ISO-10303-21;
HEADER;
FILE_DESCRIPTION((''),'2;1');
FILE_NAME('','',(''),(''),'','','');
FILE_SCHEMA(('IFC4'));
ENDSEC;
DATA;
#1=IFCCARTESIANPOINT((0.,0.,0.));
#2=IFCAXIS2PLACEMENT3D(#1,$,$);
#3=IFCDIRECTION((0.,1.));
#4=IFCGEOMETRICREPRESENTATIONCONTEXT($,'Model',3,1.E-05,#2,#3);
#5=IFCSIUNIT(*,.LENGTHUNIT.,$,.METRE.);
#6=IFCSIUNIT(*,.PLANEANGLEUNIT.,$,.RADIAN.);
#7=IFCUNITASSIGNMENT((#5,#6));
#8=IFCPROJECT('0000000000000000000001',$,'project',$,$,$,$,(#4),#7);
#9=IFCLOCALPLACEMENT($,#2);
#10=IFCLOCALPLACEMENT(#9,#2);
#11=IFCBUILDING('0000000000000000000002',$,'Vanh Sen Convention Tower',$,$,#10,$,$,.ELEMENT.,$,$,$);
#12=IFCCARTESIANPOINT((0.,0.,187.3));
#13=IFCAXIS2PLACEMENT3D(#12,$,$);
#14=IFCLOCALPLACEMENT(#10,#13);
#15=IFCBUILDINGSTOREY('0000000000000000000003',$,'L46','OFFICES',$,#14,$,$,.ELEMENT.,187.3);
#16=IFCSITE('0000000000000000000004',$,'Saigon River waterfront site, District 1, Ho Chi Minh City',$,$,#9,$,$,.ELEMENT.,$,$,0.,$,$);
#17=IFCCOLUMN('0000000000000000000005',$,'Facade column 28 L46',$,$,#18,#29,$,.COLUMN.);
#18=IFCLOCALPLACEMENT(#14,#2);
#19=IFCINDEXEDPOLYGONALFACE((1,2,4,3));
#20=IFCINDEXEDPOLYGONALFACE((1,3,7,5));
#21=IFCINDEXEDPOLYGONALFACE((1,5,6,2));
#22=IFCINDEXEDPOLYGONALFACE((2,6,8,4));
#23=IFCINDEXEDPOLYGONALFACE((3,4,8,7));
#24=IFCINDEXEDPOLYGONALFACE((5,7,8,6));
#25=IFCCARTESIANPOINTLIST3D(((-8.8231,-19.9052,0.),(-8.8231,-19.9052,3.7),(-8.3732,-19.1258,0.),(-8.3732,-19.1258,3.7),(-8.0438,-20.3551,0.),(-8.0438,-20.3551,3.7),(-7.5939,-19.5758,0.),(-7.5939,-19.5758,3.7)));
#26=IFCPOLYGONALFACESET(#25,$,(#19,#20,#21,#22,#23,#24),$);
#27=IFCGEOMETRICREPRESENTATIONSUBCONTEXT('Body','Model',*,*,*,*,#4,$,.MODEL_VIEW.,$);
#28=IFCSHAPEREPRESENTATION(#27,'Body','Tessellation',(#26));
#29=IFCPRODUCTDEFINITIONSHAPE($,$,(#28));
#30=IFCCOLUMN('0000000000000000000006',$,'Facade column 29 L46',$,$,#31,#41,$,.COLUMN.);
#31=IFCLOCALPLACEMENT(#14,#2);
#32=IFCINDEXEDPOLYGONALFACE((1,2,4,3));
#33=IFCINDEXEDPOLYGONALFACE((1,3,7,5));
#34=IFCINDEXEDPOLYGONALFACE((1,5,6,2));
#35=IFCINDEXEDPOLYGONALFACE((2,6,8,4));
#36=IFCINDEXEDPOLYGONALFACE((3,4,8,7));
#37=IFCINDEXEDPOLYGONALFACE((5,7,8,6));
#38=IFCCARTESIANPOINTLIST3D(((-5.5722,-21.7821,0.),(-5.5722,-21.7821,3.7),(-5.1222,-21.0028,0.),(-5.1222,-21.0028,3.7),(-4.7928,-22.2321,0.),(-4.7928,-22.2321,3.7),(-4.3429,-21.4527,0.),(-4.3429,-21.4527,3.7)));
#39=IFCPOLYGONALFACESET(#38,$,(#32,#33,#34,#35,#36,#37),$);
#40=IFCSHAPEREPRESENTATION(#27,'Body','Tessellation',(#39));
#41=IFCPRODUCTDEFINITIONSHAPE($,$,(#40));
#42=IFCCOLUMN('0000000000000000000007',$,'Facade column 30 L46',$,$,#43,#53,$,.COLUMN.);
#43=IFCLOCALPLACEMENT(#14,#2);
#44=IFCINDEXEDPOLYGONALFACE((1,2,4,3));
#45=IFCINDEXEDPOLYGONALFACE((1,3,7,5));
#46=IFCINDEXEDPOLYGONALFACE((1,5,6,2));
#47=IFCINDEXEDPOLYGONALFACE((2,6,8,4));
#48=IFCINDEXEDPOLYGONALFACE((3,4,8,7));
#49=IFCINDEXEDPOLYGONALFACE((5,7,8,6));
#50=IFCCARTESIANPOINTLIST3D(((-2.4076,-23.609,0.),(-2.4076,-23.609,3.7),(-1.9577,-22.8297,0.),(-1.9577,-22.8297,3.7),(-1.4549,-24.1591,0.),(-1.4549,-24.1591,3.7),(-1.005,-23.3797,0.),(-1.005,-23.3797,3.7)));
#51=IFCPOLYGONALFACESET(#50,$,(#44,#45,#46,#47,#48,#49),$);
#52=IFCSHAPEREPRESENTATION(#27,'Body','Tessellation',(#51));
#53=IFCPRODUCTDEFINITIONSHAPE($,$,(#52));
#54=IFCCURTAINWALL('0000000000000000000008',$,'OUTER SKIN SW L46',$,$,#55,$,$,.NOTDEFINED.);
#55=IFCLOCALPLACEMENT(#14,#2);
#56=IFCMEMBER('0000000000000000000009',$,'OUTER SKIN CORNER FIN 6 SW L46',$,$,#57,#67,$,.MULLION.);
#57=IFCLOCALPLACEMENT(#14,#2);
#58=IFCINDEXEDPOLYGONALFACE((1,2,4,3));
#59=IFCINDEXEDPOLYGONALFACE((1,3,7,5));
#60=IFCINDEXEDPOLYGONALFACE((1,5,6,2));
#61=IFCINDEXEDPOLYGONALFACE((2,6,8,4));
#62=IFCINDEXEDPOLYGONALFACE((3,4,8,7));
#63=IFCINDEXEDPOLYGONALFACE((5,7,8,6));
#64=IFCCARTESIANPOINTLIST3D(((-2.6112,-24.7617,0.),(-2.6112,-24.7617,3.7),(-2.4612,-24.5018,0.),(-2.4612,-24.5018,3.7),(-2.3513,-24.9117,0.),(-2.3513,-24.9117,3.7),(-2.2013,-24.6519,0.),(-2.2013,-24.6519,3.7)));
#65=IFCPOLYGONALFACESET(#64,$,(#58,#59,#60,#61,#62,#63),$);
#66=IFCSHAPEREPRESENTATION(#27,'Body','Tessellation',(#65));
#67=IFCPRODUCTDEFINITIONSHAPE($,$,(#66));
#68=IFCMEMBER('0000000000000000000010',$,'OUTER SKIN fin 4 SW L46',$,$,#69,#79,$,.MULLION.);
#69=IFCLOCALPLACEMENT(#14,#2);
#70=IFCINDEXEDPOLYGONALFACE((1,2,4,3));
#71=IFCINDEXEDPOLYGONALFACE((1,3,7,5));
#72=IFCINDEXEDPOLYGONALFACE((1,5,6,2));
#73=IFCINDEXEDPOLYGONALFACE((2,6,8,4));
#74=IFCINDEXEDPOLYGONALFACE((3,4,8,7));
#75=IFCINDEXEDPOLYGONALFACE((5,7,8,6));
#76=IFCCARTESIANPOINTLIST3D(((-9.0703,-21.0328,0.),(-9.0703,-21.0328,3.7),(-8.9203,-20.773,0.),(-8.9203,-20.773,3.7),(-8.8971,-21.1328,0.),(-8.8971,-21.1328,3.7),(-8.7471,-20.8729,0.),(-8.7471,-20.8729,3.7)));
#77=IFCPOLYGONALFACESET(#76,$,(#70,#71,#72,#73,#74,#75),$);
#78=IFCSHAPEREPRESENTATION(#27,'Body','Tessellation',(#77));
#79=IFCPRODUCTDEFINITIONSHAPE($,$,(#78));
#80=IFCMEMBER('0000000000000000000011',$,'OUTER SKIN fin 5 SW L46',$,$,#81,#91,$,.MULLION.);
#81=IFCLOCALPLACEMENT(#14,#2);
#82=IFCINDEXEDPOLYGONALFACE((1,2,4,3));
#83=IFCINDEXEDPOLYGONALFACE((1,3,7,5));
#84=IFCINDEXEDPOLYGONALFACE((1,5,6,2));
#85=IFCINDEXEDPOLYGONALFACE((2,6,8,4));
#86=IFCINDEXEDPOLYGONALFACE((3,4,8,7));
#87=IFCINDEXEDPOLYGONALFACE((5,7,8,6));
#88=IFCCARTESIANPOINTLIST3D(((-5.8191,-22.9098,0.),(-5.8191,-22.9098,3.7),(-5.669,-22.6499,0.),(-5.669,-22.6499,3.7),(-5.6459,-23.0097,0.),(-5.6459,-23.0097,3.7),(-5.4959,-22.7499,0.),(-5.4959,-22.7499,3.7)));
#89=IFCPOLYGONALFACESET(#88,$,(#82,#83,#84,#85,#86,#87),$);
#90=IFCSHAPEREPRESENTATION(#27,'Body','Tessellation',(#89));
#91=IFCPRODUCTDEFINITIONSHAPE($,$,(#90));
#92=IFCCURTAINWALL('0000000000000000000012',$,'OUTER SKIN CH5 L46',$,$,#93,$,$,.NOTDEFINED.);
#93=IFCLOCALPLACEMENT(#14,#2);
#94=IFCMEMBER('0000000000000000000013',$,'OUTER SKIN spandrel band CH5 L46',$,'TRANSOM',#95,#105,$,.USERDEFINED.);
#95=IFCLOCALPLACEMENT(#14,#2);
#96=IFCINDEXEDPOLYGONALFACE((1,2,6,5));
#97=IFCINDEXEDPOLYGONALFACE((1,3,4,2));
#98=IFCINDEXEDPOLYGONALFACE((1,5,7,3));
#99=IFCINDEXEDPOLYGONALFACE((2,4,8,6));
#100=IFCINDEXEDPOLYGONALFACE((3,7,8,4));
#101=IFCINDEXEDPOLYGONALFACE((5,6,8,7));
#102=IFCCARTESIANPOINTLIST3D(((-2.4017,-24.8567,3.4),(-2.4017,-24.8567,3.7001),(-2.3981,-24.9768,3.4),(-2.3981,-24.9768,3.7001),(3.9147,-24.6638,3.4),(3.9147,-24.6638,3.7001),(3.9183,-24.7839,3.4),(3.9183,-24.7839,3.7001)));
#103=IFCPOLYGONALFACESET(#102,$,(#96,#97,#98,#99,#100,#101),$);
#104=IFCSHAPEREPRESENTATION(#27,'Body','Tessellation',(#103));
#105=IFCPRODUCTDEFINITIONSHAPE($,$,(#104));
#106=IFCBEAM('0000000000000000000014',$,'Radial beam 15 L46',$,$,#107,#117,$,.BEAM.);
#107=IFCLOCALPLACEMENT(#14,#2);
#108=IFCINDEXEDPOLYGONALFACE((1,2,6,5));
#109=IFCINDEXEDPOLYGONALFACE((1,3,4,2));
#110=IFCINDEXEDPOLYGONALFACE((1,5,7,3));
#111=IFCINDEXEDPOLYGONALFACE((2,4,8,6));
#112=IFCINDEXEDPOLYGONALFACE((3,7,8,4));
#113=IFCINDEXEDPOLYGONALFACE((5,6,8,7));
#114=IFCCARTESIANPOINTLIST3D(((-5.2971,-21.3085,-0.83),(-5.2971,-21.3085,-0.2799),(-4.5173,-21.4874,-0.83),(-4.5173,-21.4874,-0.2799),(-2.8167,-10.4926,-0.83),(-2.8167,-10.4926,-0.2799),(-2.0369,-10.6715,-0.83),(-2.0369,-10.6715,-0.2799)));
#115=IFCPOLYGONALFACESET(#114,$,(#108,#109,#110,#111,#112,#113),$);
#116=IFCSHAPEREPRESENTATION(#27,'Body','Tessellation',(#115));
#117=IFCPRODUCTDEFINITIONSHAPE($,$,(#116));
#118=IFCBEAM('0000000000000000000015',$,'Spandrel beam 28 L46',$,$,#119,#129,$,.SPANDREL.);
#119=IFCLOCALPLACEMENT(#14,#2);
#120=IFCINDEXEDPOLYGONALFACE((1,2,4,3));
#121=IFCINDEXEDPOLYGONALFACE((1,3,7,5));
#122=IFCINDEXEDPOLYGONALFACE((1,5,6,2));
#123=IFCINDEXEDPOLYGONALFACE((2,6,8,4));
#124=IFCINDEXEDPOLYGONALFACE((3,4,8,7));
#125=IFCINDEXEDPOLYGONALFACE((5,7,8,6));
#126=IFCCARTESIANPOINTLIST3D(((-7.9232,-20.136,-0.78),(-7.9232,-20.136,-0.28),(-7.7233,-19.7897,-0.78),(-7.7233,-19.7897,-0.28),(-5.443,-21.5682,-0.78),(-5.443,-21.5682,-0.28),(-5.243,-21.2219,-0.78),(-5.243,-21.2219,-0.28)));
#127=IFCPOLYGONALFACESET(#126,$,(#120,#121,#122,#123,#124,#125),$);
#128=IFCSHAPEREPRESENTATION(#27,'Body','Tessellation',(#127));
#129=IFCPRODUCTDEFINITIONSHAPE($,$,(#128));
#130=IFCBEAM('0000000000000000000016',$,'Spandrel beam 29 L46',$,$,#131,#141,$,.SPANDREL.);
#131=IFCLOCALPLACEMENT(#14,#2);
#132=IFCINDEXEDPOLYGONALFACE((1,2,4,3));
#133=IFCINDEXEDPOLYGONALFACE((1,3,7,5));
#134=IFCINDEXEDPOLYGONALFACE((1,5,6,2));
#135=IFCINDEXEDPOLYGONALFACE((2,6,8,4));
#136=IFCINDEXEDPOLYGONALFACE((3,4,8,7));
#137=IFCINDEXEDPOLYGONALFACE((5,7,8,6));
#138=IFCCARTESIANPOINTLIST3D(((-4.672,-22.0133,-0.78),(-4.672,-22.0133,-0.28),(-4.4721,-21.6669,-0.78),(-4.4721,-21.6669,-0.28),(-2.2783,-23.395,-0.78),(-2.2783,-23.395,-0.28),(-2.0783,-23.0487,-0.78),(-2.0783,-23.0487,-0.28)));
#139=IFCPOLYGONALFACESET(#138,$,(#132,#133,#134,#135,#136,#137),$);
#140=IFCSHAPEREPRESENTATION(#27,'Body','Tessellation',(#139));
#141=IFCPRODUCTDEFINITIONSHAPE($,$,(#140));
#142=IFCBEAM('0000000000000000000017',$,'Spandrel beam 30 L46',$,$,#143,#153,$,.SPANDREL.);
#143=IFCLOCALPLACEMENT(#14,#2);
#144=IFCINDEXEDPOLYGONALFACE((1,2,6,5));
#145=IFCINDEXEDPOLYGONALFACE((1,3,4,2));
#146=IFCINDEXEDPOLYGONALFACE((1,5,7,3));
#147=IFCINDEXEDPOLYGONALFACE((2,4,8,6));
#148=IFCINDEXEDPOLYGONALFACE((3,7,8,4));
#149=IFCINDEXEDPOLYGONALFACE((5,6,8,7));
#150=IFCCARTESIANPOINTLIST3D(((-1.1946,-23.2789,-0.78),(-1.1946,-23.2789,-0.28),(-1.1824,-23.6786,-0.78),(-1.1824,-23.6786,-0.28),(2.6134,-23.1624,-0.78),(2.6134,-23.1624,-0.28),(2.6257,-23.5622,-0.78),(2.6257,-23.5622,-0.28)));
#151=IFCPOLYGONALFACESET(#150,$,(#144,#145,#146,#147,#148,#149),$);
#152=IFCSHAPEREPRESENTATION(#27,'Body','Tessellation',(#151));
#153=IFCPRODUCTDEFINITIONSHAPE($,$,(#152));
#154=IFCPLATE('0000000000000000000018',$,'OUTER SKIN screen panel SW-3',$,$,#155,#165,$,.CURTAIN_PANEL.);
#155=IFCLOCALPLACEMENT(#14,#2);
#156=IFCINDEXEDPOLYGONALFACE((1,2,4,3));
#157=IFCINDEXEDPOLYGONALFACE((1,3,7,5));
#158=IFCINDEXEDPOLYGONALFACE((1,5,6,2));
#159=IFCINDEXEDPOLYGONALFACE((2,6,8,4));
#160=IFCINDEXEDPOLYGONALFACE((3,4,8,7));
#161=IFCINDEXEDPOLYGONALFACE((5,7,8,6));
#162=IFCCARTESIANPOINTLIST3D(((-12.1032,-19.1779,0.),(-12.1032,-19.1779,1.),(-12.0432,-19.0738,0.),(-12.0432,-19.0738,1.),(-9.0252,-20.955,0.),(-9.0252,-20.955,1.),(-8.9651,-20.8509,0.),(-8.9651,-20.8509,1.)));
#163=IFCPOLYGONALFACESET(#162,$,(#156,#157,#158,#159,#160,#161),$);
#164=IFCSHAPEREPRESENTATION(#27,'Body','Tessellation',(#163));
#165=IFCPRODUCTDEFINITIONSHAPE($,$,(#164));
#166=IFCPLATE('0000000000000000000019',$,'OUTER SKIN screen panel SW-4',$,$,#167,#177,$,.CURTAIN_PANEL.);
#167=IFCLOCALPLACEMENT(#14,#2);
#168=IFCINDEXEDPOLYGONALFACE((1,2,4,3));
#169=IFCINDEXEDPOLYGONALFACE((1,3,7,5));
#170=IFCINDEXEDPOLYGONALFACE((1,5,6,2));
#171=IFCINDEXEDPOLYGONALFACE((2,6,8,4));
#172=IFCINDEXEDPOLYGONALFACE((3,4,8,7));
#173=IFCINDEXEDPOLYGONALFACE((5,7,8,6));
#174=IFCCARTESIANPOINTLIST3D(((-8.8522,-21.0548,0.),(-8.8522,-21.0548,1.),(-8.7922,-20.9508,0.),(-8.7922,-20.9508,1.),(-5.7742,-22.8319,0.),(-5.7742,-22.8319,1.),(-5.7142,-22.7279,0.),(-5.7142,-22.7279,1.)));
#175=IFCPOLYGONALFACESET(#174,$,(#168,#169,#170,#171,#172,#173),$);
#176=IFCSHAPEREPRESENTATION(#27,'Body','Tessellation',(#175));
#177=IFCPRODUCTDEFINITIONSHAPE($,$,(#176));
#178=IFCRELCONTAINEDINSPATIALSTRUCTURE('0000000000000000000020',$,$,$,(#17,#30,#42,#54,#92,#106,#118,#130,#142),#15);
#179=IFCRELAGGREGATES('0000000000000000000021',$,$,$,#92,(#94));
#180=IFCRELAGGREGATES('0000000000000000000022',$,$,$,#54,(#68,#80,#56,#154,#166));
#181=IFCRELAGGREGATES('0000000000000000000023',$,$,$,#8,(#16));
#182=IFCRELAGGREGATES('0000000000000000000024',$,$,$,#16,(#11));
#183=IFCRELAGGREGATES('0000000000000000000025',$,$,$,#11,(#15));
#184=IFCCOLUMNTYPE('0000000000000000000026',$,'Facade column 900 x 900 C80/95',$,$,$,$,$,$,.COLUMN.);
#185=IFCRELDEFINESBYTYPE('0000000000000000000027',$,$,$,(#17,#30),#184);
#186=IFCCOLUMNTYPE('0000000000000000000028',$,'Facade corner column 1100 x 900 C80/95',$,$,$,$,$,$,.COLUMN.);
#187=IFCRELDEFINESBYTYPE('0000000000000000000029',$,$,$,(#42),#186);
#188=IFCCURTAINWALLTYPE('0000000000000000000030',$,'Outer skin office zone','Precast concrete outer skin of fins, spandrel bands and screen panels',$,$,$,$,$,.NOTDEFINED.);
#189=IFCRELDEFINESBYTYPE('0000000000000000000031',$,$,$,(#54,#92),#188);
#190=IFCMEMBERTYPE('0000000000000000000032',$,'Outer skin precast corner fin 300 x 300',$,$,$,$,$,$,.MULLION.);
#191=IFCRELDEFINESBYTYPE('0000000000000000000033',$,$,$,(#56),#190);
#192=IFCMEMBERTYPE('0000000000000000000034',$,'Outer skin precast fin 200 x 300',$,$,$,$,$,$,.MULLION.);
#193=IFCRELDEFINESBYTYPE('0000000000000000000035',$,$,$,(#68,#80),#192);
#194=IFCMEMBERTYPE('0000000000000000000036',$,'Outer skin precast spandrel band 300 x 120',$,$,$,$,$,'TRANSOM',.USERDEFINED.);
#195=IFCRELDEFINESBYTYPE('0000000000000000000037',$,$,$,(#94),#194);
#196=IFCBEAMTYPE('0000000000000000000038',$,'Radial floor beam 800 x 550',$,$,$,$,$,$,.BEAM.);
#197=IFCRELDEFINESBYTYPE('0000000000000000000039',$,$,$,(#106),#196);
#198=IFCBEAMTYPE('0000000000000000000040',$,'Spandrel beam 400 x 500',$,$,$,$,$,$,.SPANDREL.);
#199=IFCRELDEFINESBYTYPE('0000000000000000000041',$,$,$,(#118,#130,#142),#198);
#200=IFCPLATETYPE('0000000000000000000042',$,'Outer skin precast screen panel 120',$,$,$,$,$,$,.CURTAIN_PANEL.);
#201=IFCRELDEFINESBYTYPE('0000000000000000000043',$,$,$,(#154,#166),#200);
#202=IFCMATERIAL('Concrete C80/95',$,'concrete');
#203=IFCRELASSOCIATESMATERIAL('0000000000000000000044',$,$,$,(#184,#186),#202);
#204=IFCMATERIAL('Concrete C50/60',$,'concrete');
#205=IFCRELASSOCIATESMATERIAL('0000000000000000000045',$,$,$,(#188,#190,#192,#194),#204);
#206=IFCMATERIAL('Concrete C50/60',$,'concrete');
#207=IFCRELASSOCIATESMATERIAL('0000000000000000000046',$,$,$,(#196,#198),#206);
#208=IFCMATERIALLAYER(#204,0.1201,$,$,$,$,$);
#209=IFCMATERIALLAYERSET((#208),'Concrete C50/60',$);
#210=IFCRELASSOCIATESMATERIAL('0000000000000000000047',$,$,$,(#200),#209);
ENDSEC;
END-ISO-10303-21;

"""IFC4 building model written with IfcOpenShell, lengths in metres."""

from ifc_helpers import new_model, si_unit, direction, frame, origin, origin_2d, place, context, subcontext, project, spatial, rectangle, extrude, material, layer, layer_set, material_profile, profile_set, type_object, element, aggregate, save


model = new_model("IFC4")

# Units and contexts
model_context = context("Model", 3, precision=1e-05, world=origin(), true_north=direction((0.0, 1.0)))
body_context = subcontext(model_context, "Body", "Model", "MODEL_VIEW")
ifc_project = project(units=[si_unit("LENGTHUNIT", "METRE"), si_unit("PLANEANGLEUNIT", "RADIAN")], contexts=[model_context])

# Site, building, storey
site_placement = place(None, origin())
site = spatial("IfcSite", under=ifc_project, at=site_placement, Name="Saigon River waterfront site, District 1, Ho Chi Minh City", CompositionType="ELEMENT", RefElevation=0.0)
building_placement = place(site_placement, origin())
building = spatial("IfcBuilding", under=site, at=building_placement, Name="Vanh Sen Convention Tower", CompositionType="ELEMENT")
storey_placement = place(building_placement, frame((0.0, 0.0, 187.3)))
storey = spatial("IfcBuildingStorey", under=building, at=storey_placement, Name="L46", Description="OFFICES", CompositionType="ELEMENT", Elevation=187.3)

# Columns
ifc_material_1 = material(Name="Concrete C80/95", Category="concrete")
ifc_material_profile_1 = material_profile(ifc_material_1, rectangle(XDim=0.8999, YDim=0.8999, at=origin_2d()), Name="RC 900X900")
ifc_profile_set_1 = profile_set([ifc_material_profile_1], Name="Concrete C80/95")
column_type_1 = type_object("IfcColumnType", Name="Facade column 900 x 900 C80/95", PredefinedType="COLUMN", material=ifc_profile_set_1)
for number, where, z_axis, x_axis, name in (
    (1, (-8.2085, -19.7405, 0.0), (0.0, 0.0, 1.0), (0.866025, -0.5, 0.0), "Facade column 28 L46"),
    (2, (-4.9575, -21.6174, 0.0), (0.0, 0.0, 1.0), (0.866025, -0.5, 0.0), "Facade column 29 L46"),
):
    element("IfcColumn", number, at=place(storey_placement, frame(where, z_axis=z_axis, x_axis=x_axis)), inside=storey, type_object=column_type_1, Name=name, PredefinedType="COLUMN", context=body_context, shape_type="SweptSolid", body=[
        extrude(rectangle(XDim=0.8999, YDim=0.8999, at=origin_2d()), origin(), (0.0, 0.0, 1.0), 3.7),
    ])
ifc_material_profile_2 = material_profile(ifc_material_1, rectangle(XDim=1.1001, YDim=0.8999, at=origin_2d()), Name="RC 1100X900")
ifc_profile_set_2 = profile_set([ifc_material_profile_2], Name="Concrete C80/95")
column_type_2 = type_object("IfcColumnType", Name="Facade corner column 1100 x 900 C80/95", PredefinedType="COLUMN", material=ifc_profile_set_2)
column_placement = place(storey_placement, frame((-1.7063, -23.4944, 0.0), z_axis=(0.0, 0.0, 1.0), x_axis=(0.866025, -0.5, 0.0)))
element("IfcColumn", 3, at=column_placement, inside=storey, type_object=column_type_2, Name="Facade column 30 L46", PredefinedType="COLUMN", context=body_context, shape_type="SweptSolid", body=[
    extrude(rectangle(XDim=1.1001, YDim=0.8999, at=origin_2d()), origin(), (0.0, 0.0, 1.0), 3.7),
])

# Curtain wall, members
ifc_material_2 = material(Name="Concrete C50/60", Category="concrete")
curtain_wall_type = type_object("IfcCurtainWallType", Name="Outer skin office zone", Description="Precast concrete outer skin of fins, spandrel bands and screen panels", PredefinedType="NOTDEFINED", material=ifc_material_2)
curtain_wall_1_placement = place(storey_placement, origin())
curtain_wall_1 = element("IfcCurtainWall", 4, at=curtain_wall_1_placement, inside=storey, type_object=curtain_wall_type, Name="OUTER SKIN SW L46", PredefinedType="NOTDEFINED")
ifc_material_profile_3 = material_profile(ifc_material_2, rectangle(XDim=0.3, YDim=0.3, at=origin_2d()), Name="Outer skin precast corner fin 300 x 300")
ifc_profile_set_3 = profile_set([ifc_material_profile_3], Name="Concrete C50/60")
member_type_1 = type_object("IfcMemberType", Name="Outer skin precast corner fin 300 x 300", PredefinedType="MULLION", material=ifc_profile_set_3)
member_1_placement = place(storey_placement, frame((-2.4062, -24.7068, 0.0), z_axis=(0.0, 0.0, 1.0), x_axis=(0.866025, -0.5, 0.0)))
member_1 = element("IfcMember", 5, at=member_1_placement, type_object=member_type_1, Name="OUTER SKIN CORNER FIN 6 SW L46", PredefinedType="MULLION", context=body_context, shape_type="SweptSolid", body=[
    extrude(rectangle(XDim=0.3, YDim=0.3, at=origin_2d()), origin(), (0.0, 0.0, 1.0), 3.7),
])
ifc_material_profile_4 = material_profile(ifc_material_2, rectangle(XDim=0.2, YDim=0.3, at=origin_2d()), Name="Outer skin precast fin 200 x 300")
ifc_profile_set_4 = profile_set([ifc_material_profile_4], Name="Concrete C50/60")
member_type_2 = type_object("IfcMemberType", Name="Outer skin precast fin 200 x 300", PredefinedType="MULLION", material=ifc_profile_set_4)
member_2_placement = place(storey_placement, frame((-8.9087, -20.9529, 0.0), z_axis=(0.0, 0.0, 1.0), x_axis=(0.866025, -0.5, 0.0)))
member_2 = element("IfcMember", 6, at=member_2_placement, type_object=member_type_2, Name="OUTER SKIN fin 4 SW L46", PredefinedType="MULLION", context=body_context, shape_type="SweptSolid", body=[
    extrude(rectangle(XDim=0.2, YDim=0.3, at=origin_2d()), origin(), (0.0, 0.0, 1.0), 3.7),
])
member_3_placement = place(storey_placement, frame((-5.6575, -22.8298, 0.0), z_axis=(0.0, 0.0, 1.0), x_axis=(0.866025, -0.5, 0.0)))
member_3 = element("IfcMember", 7, at=member_3_placement, type_object=member_type_2, Name="OUTER SKIN fin 5 SW L46", PredefinedType="MULLION", context=body_context, shape_type="SweptSolid", body=[
    extrude(rectangle(XDim=0.2, YDim=0.3, at=origin_2d()), origin(), (0.0, 0.0, 1.0), 3.7),
])

# Curtain wall, member
curtain_wall_2_placement = place(storey_placement, origin())
curtain_wall_2 = element("IfcCurtainWall", 8, at=curtain_wall_2_placement, inside=storey, type_object=curtain_wall_type, Name="OUTER SKIN CH5 L46", PredefinedType="NOTDEFINED")
ifc_material_profile_5 = material_profile(ifc_material_2, rectangle(XDim=0.1201, YDim=0.3, at=origin_2d()), Name="Outer skin precast spandrel band 300 x 120")
ifc_profile_set_5 = profile_set([ifc_material_profile_5], Name="Concrete C50/60")
member_type_3 = type_object("IfcMemberType", Name="Outer skin precast spandrel band 300 x 120", ElementType="TRANSOM", PredefinedType="USERDEFINED", material=ifc_profile_set_5)
member_4_placement = place(storey_placement, frame((-2.3999, -24.9167, 3.55), z_axis=(0.999534, 0.030521, 0.0), x_axis=(-0.030521, 0.999534, 0.0)))
member_4 = element("IfcMember", 9, at=member_4_placement, type_object=member_type_3, Name="OUTER SKIN spandrel band CH5 L46", ObjectType="TRANSOM", PredefinedType="USERDEFINED", context=body_context, shape_type="SweptSolid", body=[
    extrude(rectangle(XDim=0.1201, YDim=0.3, at=origin_2d()), origin(), (0.0, 0.0, 1.0), 6.3193),
])
aggregate(curtain_wall_2, [member_4])

# Beams
ifc_material_3 = material(Name="Concrete C50/60", Category="concrete")
ifc_material_profile_6 = material_profile(ifc_material_3, rectangle(XDim=0.8, YDim=0.55, at=origin_2d()), Name="RC 800X550")
ifc_profile_set_6 = profile_set([ifc_material_profile_6], Name="Concrete C50/60")
beam_type_1 = type_object("IfcBeamType", Name="Radial floor beam 800 x 550", PredefinedType="BEAM", material=ifc_profile_set_6)
beam_1_placement = place(storey_placement, frame((-4.9072, -21.3979, -0.5549), z_axis=(0.223532, 0.974697, 0.0), x_axis=(-0.974697, 0.223532, 0.0)))
element("IfcBeam", 10, at=beam_1_placement, inside=storey, type_object=beam_type_1, Name="Radial beam 15 L46", PredefinedType="BEAM", context=body_context, shape_type="SweptSolid", body=[
    extrude(rectangle(XDim=0.8, YDim=0.55, at=origin_2d()), origin(), (0.0, 0.0, 1.0), 11.0967),
])
ifc_material_profile_7 = material_profile(ifc_material_3, rectangle(XDim=0.3999, YDim=0.5, at=origin_2d()), Name="RC 400X500")
ifc_profile_set_7 = profile_set([ifc_material_profile_7], Name="Concrete C50/60")
beam_type_2 = type_object("IfcBeamType", Name="Spandrel beam 400 x 500", PredefinedType="SPANDREL", material=ifc_profile_set_7)
beam_2_placement = place(storey_placement, frame((-7.8232, -19.9629, -0.53), z_axis=(0.866, -0.500045, 0.0), x_axis=(0.500045, 0.866, 0.0)))
element("IfcBeam", 11, at=beam_2_placement, inside=storey, type_object=beam_type_2, Name="Spandrel beam 28 L46", PredefinedType="SPANDREL", context=body_context, shape_type="SweptSolid", body=[
    extrude(rectangle(XDim=0.3999, YDim=0.5, at=origin_2d()), origin(), (0.0, 0.0, 1.0), 2.864),
])
beam_3_placement = place(storey_placement, frame((-4.572, -21.8401, -0.53), z_axis=(0.866061, -0.499939, 0.0), x_axis=(0.499939, 0.866061, 0.0)))
element("IfcBeam", 12, at=beam_3_placement, inside=storey, type_object=beam_type_2, Name="Spandrel beam 29 L46", PredefinedType="SPANDREL", context=body_context, shape_type="SweptSolid", body=[
    extrude(rectangle(XDim=0.3999, YDim=0.5, at=origin_2d()), origin(), (0.0, 0.0, 1.0), 2.7639),
])
beam_4_placement = place(storey_placement, frame((-1.1885, -23.4788, -0.53), z_axis=(0.999533, 0.030567, 0.0), x_axis=(-0.030567, 0.999533, 0.0)))
element("IfcBeam", 13, at=beam_4_placement, inside=storey, type_object=beam_type_2, Name="Spandrel beam 30 L46", PredefinedType="SPANDREL", context=body_context, shape_type="SweptSolid", body=[
    extrude(rectangle(XDim=0.3999, YDim=0.5, at=origin_2d()), origin(), (0.0, 0.0, 1.0), 3.8098),
])

# Plates
ifc_layer_1 = layer(ifc_material_2, 0.1201)
ifc_layer_set_1 = layer_set([ifc_layer_1], Name="Concrete C50/60")
plate_type = type_object("IfcPlateType", Name="Outer skin precast screen panel 120", PredefinedType="CURTAIN_PANEL", material=ifc_layer_set_1)
plate_1_placement = place(storey_placement, frame((-10.5342, -20.0144, 0.0), z_axis=(0.0, 0.0, 1.0), x_axis=(0.866024, -0.500003, 0.0)))
plate_1 = element("IfcPlate", 14, at=plate_1_placement, type_object=plate_type, Name="OUTER SKIN screen panel SW-3", PredefinedType="CURTAIN_PANEL", context=body_context, shape_type="SweptSolid", body=[
    extrude(rectangle(XDim=3.5542, YDim=0.1201, at=origin_2d()), origin(), (0.0, 0.0, 1.0), 1.0),
])
plate_2_placement = place(storey_placement, frame((-7.2832, -21.8914, 0.0), z_axis=(0.0, 0.0, 1.0), x_axis=(0.866017, -0.500015, 0.0)))
plate_2 = element("IfcPlate", 15, at=plate_2_placement, type_object=plate_type, Name="OUTER SKIN screen panel SW-4", PredefinedType="CURTAIN_PANEL", context=body_context, shape_type="SweptSolid", body=[
    extrude(rectangle(XDim=3.5542, YDim=0.1201, at=origin_2d()), origin(), (0.0, 0.0, 1.0), 1.0),
])
aggregate(curtain_wall_1, [member_2, member_3, member_1, plate_1, plate_2])

save(model, "model.ifc")
